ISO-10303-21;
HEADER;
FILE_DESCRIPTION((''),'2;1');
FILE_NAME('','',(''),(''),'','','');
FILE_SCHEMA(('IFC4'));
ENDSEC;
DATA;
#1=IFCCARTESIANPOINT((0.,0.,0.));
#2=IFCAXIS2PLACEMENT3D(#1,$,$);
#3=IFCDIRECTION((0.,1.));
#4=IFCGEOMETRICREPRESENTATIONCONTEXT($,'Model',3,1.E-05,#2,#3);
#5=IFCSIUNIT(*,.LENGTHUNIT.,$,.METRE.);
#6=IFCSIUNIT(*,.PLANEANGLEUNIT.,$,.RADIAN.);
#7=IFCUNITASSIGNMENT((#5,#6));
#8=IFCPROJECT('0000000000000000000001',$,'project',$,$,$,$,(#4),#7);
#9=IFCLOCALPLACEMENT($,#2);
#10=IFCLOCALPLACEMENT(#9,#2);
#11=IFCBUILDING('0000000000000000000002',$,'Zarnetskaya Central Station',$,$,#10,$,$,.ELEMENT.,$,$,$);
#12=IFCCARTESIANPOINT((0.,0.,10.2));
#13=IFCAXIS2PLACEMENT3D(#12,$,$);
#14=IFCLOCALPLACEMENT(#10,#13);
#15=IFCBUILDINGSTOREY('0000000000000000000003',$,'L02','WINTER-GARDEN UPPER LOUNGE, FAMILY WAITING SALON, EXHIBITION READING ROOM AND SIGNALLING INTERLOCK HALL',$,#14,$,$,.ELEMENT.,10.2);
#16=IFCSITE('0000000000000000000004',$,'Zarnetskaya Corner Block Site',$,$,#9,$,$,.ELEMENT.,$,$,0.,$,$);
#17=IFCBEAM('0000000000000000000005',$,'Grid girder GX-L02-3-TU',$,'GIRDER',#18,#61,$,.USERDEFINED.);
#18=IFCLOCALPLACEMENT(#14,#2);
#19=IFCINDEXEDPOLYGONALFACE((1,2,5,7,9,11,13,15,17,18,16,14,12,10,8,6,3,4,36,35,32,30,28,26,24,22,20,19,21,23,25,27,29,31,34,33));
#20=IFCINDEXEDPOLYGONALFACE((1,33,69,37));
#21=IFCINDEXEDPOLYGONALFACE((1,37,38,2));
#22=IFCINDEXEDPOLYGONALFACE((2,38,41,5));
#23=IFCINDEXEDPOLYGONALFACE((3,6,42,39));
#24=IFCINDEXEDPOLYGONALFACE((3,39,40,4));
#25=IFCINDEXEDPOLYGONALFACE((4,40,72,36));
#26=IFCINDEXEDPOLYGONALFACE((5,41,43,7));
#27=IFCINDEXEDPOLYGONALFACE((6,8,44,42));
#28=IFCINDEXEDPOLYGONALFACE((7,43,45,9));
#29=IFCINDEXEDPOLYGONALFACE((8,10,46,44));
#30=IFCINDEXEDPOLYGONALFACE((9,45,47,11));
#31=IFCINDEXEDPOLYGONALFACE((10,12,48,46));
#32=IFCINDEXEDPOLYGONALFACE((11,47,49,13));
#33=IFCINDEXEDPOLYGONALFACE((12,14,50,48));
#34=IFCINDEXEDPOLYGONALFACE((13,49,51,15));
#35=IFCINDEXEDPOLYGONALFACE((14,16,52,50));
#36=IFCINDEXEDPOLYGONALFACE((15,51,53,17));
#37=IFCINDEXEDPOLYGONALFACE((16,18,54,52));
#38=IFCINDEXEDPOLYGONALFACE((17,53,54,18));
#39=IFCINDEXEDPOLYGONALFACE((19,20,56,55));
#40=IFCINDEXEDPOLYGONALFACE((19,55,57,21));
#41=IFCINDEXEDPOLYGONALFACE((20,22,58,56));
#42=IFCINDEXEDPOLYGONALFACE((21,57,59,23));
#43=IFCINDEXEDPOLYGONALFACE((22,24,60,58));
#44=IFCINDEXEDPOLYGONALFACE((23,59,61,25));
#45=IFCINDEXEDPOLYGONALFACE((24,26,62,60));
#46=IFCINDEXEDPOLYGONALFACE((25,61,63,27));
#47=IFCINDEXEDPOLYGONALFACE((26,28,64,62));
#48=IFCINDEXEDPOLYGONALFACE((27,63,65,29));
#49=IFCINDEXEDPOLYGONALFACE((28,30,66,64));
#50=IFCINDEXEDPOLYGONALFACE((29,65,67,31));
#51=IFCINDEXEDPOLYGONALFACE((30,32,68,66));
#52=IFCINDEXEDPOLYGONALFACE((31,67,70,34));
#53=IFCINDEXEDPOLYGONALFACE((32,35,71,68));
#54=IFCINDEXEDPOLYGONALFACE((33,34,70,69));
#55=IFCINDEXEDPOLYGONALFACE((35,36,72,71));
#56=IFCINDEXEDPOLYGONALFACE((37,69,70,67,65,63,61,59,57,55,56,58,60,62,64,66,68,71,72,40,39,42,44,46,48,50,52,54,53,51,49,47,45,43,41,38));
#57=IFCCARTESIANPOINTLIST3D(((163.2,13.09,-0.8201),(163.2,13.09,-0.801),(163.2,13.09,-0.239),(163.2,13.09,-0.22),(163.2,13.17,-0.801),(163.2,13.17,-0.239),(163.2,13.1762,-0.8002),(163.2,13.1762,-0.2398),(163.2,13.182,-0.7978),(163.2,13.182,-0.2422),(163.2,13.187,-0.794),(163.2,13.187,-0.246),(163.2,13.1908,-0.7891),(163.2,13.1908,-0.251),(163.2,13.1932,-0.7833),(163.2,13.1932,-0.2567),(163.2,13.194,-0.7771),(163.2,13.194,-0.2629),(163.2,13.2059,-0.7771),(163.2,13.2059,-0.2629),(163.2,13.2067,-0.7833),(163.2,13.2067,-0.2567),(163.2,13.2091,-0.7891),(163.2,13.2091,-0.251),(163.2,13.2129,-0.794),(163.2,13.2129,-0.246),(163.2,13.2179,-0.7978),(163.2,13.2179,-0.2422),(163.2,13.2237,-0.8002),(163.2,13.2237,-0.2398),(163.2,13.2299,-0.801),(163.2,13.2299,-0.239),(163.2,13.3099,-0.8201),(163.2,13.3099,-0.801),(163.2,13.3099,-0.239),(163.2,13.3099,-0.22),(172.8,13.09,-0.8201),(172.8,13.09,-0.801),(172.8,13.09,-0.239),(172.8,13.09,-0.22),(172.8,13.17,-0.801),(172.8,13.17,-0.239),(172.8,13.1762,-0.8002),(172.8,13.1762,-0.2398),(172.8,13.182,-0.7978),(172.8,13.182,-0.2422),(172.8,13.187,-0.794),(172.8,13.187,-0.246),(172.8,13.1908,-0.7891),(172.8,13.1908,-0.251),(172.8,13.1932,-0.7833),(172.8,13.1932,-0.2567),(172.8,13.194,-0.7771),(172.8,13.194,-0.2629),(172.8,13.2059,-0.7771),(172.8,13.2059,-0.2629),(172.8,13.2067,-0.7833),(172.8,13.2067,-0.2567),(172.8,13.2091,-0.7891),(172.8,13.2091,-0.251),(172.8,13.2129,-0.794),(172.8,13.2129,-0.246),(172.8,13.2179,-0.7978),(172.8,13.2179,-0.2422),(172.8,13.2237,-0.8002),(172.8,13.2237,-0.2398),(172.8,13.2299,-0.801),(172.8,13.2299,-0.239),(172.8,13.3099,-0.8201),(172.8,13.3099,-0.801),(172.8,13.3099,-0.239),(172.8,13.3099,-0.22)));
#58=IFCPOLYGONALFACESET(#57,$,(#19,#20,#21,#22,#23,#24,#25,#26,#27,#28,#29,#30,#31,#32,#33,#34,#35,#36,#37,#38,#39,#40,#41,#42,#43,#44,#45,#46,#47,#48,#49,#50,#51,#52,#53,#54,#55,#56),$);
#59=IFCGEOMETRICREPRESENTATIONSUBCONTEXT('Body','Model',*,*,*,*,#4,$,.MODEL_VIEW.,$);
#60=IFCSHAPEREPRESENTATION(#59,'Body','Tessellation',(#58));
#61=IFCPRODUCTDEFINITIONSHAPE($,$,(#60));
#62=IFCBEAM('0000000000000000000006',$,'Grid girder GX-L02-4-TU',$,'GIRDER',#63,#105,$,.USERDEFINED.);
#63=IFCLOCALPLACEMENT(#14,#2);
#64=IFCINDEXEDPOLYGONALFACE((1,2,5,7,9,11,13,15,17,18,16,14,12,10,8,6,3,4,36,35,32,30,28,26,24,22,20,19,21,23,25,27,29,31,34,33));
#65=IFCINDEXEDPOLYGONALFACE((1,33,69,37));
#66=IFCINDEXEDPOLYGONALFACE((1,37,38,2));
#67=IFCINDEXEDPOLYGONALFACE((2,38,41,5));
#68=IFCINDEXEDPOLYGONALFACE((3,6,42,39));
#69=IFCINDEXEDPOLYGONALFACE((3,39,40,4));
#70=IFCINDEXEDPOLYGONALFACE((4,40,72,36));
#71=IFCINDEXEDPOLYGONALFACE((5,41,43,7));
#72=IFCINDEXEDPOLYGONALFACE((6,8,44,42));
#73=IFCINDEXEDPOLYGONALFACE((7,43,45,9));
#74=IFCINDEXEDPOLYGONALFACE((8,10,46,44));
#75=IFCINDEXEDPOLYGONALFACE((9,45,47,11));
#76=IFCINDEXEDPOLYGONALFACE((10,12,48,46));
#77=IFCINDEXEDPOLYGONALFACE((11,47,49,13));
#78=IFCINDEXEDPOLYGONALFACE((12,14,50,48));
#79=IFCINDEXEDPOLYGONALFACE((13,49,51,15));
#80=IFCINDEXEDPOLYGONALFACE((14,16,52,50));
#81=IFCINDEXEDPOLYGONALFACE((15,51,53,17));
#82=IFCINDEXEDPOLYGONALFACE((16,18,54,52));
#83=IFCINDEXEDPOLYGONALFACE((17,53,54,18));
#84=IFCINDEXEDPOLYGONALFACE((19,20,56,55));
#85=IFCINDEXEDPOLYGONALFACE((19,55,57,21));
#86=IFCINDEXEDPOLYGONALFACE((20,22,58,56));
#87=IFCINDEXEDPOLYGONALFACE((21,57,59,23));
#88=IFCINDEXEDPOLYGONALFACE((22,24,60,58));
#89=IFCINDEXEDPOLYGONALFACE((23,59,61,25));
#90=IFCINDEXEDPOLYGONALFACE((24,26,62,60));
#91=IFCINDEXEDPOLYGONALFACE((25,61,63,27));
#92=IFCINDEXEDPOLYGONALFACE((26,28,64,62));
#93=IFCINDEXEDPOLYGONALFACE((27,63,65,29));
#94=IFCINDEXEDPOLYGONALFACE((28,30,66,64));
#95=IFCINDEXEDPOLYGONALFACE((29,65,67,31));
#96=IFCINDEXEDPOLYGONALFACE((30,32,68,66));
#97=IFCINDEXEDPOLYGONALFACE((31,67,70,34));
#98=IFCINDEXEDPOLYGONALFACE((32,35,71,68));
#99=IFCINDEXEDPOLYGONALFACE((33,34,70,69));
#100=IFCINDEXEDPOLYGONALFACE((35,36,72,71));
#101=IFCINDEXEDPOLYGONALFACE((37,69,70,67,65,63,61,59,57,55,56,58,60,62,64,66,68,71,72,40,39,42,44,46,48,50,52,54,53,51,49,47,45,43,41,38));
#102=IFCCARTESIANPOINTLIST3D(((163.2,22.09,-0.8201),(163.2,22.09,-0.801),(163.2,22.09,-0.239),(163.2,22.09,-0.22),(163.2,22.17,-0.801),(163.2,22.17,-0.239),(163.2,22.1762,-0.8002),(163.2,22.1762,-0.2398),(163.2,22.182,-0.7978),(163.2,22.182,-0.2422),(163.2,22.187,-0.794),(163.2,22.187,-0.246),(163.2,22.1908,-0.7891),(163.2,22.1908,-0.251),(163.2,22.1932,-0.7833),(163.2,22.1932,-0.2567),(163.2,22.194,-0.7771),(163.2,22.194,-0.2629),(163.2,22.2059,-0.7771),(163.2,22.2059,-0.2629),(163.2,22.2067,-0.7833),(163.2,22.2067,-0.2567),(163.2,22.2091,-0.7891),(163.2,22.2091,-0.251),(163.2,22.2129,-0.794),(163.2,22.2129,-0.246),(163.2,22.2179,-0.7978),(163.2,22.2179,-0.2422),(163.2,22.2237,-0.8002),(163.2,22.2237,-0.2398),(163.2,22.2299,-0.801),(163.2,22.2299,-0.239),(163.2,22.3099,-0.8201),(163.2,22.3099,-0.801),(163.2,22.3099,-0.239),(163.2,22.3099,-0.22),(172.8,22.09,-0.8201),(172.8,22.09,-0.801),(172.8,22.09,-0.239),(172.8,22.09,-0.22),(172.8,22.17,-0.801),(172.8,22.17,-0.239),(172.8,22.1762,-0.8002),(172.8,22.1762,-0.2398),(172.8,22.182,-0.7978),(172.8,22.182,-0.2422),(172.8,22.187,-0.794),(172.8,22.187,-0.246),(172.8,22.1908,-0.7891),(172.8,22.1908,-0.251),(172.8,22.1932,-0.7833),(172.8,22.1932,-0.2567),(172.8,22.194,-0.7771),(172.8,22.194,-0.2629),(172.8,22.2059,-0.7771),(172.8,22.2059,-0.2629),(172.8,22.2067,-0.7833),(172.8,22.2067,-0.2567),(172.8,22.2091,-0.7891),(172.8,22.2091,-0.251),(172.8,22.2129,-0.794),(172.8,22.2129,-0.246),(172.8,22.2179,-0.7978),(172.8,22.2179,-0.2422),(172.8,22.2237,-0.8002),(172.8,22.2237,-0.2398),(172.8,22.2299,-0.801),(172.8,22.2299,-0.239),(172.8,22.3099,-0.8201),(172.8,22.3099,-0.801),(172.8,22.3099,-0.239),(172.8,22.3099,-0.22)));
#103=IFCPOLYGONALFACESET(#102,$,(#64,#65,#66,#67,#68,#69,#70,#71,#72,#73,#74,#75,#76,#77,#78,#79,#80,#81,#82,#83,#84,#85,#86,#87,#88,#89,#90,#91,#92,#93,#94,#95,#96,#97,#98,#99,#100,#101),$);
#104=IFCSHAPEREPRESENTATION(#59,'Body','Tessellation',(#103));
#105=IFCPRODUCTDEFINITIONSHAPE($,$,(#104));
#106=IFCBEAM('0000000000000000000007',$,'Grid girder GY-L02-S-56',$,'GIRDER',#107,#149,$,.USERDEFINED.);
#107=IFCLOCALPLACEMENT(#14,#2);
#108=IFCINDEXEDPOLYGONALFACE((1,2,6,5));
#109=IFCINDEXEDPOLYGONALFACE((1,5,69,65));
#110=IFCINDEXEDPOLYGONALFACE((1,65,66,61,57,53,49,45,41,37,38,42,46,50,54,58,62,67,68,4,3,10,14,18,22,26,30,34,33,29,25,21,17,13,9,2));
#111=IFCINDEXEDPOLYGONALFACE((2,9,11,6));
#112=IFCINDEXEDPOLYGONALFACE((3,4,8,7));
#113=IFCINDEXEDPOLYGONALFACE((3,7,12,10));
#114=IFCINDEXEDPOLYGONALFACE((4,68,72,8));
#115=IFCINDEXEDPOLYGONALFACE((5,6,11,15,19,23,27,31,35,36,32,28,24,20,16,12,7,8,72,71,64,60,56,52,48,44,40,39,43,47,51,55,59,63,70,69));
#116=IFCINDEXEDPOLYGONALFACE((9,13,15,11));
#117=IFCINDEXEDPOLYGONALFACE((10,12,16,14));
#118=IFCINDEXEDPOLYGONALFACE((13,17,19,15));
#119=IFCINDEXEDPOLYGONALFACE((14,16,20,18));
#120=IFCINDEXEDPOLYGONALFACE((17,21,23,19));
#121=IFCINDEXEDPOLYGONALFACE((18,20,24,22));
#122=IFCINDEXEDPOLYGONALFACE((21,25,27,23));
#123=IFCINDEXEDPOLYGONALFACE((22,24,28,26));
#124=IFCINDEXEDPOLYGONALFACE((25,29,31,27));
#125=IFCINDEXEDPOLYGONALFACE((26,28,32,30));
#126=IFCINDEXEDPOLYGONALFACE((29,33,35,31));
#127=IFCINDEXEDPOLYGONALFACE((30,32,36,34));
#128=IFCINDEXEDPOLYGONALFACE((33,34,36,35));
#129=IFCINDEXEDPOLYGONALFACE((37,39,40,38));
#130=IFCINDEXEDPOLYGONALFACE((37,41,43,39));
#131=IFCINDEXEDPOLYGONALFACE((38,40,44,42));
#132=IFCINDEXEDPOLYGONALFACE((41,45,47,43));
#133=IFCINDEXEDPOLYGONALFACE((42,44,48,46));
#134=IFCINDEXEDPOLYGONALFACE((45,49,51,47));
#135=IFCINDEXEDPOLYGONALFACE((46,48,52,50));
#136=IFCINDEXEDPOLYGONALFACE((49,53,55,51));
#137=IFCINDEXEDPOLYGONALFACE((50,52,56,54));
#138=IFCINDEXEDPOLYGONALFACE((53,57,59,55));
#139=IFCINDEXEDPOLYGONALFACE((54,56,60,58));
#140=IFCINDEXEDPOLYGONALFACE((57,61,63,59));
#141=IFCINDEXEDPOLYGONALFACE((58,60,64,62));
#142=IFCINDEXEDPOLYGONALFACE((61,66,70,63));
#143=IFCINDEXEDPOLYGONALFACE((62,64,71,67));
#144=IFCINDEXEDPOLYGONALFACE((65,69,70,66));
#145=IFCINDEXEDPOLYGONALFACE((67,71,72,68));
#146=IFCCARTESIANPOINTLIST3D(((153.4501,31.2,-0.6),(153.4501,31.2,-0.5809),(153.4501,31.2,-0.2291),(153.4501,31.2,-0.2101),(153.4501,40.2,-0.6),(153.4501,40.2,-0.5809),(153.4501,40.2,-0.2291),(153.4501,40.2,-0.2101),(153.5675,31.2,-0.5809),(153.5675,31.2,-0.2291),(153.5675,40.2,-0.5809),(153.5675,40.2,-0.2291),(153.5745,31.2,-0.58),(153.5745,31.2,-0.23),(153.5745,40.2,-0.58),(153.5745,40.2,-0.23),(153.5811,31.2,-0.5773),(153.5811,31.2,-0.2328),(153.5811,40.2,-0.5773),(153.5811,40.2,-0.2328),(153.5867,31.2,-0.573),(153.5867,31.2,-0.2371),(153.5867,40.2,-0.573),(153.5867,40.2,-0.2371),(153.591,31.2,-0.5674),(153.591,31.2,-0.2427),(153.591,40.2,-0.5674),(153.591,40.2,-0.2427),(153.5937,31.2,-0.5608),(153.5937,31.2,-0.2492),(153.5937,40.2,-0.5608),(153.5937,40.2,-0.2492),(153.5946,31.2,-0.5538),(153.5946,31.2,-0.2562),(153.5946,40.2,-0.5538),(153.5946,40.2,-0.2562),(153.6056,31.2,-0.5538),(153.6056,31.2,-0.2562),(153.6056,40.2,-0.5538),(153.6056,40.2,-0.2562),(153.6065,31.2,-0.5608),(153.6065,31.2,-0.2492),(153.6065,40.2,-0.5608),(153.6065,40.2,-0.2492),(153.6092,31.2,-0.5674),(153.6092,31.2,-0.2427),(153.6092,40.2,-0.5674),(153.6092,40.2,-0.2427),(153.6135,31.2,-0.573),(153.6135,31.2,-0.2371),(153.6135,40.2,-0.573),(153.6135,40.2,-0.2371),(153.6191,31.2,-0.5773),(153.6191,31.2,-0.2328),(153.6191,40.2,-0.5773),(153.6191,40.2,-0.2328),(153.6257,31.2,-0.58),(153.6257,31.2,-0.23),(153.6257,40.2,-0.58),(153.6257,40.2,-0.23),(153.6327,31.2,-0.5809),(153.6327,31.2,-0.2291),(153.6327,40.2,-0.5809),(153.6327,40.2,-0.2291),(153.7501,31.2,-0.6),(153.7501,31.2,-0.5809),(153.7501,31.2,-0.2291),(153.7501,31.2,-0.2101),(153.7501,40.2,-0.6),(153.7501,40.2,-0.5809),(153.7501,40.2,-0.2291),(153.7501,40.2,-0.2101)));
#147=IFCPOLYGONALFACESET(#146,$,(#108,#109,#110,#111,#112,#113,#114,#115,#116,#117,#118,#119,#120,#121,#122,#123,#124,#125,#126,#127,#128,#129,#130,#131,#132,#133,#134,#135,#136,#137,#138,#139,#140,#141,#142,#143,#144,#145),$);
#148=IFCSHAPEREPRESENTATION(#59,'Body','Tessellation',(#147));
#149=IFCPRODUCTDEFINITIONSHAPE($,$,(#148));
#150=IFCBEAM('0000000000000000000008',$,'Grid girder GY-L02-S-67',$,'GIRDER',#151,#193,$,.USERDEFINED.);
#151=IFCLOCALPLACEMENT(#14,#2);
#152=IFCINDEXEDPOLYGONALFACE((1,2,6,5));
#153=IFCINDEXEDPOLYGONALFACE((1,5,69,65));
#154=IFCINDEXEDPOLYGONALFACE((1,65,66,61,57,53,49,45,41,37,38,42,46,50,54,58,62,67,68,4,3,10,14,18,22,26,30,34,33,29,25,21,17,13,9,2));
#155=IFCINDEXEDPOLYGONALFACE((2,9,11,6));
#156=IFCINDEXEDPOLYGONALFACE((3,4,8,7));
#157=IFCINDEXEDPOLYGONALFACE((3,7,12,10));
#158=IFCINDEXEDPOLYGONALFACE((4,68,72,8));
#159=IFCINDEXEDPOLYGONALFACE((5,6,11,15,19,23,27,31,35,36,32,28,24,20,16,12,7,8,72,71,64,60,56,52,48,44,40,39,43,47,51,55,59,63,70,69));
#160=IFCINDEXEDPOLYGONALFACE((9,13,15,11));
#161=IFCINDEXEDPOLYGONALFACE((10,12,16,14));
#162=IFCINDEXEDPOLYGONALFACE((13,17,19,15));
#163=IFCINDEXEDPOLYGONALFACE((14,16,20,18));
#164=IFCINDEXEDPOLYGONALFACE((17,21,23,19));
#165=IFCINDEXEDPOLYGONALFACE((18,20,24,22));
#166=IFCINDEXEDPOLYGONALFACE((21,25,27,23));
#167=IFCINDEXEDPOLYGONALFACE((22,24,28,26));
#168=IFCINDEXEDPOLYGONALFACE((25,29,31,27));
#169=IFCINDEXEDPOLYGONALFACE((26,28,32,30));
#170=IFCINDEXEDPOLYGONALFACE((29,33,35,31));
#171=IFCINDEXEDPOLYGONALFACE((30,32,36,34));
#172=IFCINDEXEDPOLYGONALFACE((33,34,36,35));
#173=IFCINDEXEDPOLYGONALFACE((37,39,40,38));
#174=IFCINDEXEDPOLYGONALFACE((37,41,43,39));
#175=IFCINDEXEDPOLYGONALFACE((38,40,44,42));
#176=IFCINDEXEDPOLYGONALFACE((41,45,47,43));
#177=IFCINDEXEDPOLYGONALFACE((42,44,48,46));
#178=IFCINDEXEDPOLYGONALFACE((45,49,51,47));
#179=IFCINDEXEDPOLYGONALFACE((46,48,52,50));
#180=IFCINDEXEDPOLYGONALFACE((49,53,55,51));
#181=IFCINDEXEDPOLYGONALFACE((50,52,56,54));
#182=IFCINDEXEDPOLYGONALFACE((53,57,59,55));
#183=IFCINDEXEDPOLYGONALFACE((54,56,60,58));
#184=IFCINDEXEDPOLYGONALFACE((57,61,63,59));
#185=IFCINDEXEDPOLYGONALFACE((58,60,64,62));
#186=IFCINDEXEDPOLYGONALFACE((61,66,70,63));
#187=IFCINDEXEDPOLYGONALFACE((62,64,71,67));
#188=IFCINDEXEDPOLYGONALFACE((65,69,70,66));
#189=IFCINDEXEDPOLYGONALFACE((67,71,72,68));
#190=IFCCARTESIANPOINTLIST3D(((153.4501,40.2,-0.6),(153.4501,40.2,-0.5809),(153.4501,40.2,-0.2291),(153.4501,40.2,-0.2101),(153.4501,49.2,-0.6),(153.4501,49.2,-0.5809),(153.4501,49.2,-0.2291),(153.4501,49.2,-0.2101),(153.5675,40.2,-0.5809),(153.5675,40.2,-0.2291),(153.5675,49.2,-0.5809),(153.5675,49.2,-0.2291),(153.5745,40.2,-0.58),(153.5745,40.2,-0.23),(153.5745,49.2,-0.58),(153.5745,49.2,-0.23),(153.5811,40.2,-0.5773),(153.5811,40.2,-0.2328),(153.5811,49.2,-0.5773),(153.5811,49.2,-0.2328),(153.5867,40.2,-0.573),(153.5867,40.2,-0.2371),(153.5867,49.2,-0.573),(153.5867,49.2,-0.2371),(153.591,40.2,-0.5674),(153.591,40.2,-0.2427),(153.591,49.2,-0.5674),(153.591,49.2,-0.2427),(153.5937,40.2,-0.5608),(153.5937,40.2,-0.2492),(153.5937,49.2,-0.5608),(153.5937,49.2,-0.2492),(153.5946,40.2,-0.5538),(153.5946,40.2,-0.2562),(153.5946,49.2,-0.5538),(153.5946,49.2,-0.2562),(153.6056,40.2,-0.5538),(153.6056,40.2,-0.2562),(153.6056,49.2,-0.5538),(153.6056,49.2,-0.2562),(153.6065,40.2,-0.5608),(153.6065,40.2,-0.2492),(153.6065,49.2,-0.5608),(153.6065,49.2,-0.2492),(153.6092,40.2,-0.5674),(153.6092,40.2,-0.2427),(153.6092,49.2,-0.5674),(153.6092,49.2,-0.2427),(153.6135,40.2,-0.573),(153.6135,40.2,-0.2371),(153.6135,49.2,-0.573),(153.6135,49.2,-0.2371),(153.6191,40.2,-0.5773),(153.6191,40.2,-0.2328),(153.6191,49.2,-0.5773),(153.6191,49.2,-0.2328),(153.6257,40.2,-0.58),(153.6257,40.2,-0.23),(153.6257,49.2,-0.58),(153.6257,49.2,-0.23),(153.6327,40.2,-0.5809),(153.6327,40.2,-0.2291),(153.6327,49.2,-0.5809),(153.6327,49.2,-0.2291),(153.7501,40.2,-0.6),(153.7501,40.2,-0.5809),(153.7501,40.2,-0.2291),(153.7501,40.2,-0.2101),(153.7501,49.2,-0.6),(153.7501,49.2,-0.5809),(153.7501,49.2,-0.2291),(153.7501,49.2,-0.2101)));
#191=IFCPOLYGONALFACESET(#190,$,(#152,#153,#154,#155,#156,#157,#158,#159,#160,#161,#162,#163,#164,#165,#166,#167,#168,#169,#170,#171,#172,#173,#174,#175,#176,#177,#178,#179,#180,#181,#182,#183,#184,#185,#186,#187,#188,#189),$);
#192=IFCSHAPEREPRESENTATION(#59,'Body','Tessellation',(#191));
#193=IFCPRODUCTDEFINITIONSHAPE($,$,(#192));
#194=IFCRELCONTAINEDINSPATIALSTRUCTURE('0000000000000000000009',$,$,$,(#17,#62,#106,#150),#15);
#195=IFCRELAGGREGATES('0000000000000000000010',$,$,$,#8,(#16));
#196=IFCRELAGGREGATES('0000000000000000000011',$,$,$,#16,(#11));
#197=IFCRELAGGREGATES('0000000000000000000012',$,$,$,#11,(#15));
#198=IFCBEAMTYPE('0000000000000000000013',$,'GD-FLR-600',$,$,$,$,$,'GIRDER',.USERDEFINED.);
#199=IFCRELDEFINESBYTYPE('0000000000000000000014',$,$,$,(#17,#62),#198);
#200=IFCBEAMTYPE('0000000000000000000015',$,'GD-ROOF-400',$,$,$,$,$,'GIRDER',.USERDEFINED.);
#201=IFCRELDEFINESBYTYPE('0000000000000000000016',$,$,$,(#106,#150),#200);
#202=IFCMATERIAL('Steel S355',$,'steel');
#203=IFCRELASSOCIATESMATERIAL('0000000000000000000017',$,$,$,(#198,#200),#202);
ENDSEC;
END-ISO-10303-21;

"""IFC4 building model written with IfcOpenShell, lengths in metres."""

from ifc_helpers import new_model, si_unit, direction, frame, origin, origin_2d, place, context, subcontext, project, spatial, i_section, extrude, material, material_profile, profile_set, type_object, element, save


model = new_model("IFC4")

# Units and contexts
model_context = context("Model", 3, precision=1e-05, world=origin(), true_north=direction((0.0, 1.0)))
body_context = subcontext(model_context, "Body", "Model", "MODEL_VIEW")
ifc_project = project(units=[si_unit("LENGTHUNIT", "METRE"), si_unit("PLANEANGLEUNIT", "RADIAN")], contexts=[model_context])

# Site, building, storey
site_placement = place(None, origin())
site = spatial("IfcSite", under=ifc_project, at=site_placement, Name="Zarnetskaya Corner Block Site", CompositionType="ELEMENT", RefElevation=0.0)
building_placement = place(site_placement, origin())
building = spatial("IfcBuilding", under=site, at=building_placement, Name="Zarnetskaya Central Station", CompositionType="ELEMENT")
storey_placement = place(building_placement, frame((0.0, 0.0, 10.2)))
storey = spatial("IfcBuildingStorey", under=building, at=storey_placement, Name="L02", Description="WINTER-GARDEN UPPER LOUNGE, FAMILY WAITING SALON, EXHIBITION READING ROOM AND SIGNALLING INTERLOCK HALL", CompositionType="ELEMENT", Elevation=10.2)

# Shared definitions
ifc_material_1 = material(Name="Steel S355", Category="steel")

# Beams
ifc_material_profile_1 = material_profile(ifc_material_1, i_section(OverallWidth=0.22, OverallDepth=0.6001, WebThickness=0.012, FlangeThickness=0.019, FilletRadius=0.0239, at=origin_2d()), Name="IPE 600")
ifc_profile_set_1 = profile_set([ifc_material_profile_1], Name="Steel S355")
beam_type_1 = type_object("IfcBeamType", Name="GD-FLR-600", ElementType="GIRDER", PredefinedType="USERDEFINED", material=ifc_profile_set_1)
for number, where, z_axis, x_axis, name in (
    (1, (163.2, 13.2, -0.52), (1.0, 0.0, 0.0), (0.0, 1.0, 0.0), "Grid girder GX-L02-3-TU"),
    (2, (163.2, 22.2, -0.52), (1.0, 0.0, 0.0), (0.0, 1.0, 0.0), "Grid girder GX-L02-4-TU"),
):
    element("IfcBeam", number, at=place(storey_placement, frame(where, z_axis=z_axis, x_axis=x_axis)), inside=storey, type_object=beam_type_1, Name=name, ObjectType="GIRDER", PredefinedType="USERDEFINED", context=body_context, shape_type="SweptSolid", body=[
        extrude(i_section(OverallWidth=0.22, OverallDepth=0.6001, WebThickness=0.012, FlangeThickness=0.019, FilletRadius=0.0239, at=origin_2d()), origin(), (0.0, 0.0, 1.0), 9.6001),
    ])
ifc_material_profile_2 = material_profile(ifc_material_1, i_section(OverallWidth=0.3, OverallDepth=0.3899, WebThickness=0.011, FlangeThickness=0.019, FilletRadius=0.0271, at=origin_2d()), Name="HEA 400")
ifc_profile_set_2 = profile_set([ifc_material_profile_2], Name="Steel S355")
beam_type_2 = type_object("IfcBeamType", Name="GD-ROOF-400", ElementType="GIRDER", PredefinedType="USERDEFINED", material=ifc_profile_set_2)
for number, where, z_axis, x_axis, name in (
    (3, (153.6001, 31.2, -0.405), (0.0, 1.0, 0.0), (-1.0, 0.0, 0.0), "Grid girder GY-L02-S-56"),
    (4, (153.6001, 40.2, -0.405), (0.0, 1.0, 0.0), (-1.0, 0.0, 0.0), "Grid girder GY-L02-S-67"),
):
    element("IfcBeam", number, at=place(storey_placement, frame(where, z_axis=z_axis, x_axis=x_axis)), inside=storey, type_object=beam_type_2, Name=name, ObjectType="GIRDER", PredefinedType="USERDEFINED", context=body_context, shape_type="SweptSolid", body=[
        extrude(i_section(OverallWidth=0.3, OverallDepth=0.3899, WebThickness=0.011, FlangeThickness=0.019, FilletRadius=0.0271, at=origin_2d()), origin(), (0.0, 0.0, 1.0), 9.0),
    ])

save(model, "model.ifc")
